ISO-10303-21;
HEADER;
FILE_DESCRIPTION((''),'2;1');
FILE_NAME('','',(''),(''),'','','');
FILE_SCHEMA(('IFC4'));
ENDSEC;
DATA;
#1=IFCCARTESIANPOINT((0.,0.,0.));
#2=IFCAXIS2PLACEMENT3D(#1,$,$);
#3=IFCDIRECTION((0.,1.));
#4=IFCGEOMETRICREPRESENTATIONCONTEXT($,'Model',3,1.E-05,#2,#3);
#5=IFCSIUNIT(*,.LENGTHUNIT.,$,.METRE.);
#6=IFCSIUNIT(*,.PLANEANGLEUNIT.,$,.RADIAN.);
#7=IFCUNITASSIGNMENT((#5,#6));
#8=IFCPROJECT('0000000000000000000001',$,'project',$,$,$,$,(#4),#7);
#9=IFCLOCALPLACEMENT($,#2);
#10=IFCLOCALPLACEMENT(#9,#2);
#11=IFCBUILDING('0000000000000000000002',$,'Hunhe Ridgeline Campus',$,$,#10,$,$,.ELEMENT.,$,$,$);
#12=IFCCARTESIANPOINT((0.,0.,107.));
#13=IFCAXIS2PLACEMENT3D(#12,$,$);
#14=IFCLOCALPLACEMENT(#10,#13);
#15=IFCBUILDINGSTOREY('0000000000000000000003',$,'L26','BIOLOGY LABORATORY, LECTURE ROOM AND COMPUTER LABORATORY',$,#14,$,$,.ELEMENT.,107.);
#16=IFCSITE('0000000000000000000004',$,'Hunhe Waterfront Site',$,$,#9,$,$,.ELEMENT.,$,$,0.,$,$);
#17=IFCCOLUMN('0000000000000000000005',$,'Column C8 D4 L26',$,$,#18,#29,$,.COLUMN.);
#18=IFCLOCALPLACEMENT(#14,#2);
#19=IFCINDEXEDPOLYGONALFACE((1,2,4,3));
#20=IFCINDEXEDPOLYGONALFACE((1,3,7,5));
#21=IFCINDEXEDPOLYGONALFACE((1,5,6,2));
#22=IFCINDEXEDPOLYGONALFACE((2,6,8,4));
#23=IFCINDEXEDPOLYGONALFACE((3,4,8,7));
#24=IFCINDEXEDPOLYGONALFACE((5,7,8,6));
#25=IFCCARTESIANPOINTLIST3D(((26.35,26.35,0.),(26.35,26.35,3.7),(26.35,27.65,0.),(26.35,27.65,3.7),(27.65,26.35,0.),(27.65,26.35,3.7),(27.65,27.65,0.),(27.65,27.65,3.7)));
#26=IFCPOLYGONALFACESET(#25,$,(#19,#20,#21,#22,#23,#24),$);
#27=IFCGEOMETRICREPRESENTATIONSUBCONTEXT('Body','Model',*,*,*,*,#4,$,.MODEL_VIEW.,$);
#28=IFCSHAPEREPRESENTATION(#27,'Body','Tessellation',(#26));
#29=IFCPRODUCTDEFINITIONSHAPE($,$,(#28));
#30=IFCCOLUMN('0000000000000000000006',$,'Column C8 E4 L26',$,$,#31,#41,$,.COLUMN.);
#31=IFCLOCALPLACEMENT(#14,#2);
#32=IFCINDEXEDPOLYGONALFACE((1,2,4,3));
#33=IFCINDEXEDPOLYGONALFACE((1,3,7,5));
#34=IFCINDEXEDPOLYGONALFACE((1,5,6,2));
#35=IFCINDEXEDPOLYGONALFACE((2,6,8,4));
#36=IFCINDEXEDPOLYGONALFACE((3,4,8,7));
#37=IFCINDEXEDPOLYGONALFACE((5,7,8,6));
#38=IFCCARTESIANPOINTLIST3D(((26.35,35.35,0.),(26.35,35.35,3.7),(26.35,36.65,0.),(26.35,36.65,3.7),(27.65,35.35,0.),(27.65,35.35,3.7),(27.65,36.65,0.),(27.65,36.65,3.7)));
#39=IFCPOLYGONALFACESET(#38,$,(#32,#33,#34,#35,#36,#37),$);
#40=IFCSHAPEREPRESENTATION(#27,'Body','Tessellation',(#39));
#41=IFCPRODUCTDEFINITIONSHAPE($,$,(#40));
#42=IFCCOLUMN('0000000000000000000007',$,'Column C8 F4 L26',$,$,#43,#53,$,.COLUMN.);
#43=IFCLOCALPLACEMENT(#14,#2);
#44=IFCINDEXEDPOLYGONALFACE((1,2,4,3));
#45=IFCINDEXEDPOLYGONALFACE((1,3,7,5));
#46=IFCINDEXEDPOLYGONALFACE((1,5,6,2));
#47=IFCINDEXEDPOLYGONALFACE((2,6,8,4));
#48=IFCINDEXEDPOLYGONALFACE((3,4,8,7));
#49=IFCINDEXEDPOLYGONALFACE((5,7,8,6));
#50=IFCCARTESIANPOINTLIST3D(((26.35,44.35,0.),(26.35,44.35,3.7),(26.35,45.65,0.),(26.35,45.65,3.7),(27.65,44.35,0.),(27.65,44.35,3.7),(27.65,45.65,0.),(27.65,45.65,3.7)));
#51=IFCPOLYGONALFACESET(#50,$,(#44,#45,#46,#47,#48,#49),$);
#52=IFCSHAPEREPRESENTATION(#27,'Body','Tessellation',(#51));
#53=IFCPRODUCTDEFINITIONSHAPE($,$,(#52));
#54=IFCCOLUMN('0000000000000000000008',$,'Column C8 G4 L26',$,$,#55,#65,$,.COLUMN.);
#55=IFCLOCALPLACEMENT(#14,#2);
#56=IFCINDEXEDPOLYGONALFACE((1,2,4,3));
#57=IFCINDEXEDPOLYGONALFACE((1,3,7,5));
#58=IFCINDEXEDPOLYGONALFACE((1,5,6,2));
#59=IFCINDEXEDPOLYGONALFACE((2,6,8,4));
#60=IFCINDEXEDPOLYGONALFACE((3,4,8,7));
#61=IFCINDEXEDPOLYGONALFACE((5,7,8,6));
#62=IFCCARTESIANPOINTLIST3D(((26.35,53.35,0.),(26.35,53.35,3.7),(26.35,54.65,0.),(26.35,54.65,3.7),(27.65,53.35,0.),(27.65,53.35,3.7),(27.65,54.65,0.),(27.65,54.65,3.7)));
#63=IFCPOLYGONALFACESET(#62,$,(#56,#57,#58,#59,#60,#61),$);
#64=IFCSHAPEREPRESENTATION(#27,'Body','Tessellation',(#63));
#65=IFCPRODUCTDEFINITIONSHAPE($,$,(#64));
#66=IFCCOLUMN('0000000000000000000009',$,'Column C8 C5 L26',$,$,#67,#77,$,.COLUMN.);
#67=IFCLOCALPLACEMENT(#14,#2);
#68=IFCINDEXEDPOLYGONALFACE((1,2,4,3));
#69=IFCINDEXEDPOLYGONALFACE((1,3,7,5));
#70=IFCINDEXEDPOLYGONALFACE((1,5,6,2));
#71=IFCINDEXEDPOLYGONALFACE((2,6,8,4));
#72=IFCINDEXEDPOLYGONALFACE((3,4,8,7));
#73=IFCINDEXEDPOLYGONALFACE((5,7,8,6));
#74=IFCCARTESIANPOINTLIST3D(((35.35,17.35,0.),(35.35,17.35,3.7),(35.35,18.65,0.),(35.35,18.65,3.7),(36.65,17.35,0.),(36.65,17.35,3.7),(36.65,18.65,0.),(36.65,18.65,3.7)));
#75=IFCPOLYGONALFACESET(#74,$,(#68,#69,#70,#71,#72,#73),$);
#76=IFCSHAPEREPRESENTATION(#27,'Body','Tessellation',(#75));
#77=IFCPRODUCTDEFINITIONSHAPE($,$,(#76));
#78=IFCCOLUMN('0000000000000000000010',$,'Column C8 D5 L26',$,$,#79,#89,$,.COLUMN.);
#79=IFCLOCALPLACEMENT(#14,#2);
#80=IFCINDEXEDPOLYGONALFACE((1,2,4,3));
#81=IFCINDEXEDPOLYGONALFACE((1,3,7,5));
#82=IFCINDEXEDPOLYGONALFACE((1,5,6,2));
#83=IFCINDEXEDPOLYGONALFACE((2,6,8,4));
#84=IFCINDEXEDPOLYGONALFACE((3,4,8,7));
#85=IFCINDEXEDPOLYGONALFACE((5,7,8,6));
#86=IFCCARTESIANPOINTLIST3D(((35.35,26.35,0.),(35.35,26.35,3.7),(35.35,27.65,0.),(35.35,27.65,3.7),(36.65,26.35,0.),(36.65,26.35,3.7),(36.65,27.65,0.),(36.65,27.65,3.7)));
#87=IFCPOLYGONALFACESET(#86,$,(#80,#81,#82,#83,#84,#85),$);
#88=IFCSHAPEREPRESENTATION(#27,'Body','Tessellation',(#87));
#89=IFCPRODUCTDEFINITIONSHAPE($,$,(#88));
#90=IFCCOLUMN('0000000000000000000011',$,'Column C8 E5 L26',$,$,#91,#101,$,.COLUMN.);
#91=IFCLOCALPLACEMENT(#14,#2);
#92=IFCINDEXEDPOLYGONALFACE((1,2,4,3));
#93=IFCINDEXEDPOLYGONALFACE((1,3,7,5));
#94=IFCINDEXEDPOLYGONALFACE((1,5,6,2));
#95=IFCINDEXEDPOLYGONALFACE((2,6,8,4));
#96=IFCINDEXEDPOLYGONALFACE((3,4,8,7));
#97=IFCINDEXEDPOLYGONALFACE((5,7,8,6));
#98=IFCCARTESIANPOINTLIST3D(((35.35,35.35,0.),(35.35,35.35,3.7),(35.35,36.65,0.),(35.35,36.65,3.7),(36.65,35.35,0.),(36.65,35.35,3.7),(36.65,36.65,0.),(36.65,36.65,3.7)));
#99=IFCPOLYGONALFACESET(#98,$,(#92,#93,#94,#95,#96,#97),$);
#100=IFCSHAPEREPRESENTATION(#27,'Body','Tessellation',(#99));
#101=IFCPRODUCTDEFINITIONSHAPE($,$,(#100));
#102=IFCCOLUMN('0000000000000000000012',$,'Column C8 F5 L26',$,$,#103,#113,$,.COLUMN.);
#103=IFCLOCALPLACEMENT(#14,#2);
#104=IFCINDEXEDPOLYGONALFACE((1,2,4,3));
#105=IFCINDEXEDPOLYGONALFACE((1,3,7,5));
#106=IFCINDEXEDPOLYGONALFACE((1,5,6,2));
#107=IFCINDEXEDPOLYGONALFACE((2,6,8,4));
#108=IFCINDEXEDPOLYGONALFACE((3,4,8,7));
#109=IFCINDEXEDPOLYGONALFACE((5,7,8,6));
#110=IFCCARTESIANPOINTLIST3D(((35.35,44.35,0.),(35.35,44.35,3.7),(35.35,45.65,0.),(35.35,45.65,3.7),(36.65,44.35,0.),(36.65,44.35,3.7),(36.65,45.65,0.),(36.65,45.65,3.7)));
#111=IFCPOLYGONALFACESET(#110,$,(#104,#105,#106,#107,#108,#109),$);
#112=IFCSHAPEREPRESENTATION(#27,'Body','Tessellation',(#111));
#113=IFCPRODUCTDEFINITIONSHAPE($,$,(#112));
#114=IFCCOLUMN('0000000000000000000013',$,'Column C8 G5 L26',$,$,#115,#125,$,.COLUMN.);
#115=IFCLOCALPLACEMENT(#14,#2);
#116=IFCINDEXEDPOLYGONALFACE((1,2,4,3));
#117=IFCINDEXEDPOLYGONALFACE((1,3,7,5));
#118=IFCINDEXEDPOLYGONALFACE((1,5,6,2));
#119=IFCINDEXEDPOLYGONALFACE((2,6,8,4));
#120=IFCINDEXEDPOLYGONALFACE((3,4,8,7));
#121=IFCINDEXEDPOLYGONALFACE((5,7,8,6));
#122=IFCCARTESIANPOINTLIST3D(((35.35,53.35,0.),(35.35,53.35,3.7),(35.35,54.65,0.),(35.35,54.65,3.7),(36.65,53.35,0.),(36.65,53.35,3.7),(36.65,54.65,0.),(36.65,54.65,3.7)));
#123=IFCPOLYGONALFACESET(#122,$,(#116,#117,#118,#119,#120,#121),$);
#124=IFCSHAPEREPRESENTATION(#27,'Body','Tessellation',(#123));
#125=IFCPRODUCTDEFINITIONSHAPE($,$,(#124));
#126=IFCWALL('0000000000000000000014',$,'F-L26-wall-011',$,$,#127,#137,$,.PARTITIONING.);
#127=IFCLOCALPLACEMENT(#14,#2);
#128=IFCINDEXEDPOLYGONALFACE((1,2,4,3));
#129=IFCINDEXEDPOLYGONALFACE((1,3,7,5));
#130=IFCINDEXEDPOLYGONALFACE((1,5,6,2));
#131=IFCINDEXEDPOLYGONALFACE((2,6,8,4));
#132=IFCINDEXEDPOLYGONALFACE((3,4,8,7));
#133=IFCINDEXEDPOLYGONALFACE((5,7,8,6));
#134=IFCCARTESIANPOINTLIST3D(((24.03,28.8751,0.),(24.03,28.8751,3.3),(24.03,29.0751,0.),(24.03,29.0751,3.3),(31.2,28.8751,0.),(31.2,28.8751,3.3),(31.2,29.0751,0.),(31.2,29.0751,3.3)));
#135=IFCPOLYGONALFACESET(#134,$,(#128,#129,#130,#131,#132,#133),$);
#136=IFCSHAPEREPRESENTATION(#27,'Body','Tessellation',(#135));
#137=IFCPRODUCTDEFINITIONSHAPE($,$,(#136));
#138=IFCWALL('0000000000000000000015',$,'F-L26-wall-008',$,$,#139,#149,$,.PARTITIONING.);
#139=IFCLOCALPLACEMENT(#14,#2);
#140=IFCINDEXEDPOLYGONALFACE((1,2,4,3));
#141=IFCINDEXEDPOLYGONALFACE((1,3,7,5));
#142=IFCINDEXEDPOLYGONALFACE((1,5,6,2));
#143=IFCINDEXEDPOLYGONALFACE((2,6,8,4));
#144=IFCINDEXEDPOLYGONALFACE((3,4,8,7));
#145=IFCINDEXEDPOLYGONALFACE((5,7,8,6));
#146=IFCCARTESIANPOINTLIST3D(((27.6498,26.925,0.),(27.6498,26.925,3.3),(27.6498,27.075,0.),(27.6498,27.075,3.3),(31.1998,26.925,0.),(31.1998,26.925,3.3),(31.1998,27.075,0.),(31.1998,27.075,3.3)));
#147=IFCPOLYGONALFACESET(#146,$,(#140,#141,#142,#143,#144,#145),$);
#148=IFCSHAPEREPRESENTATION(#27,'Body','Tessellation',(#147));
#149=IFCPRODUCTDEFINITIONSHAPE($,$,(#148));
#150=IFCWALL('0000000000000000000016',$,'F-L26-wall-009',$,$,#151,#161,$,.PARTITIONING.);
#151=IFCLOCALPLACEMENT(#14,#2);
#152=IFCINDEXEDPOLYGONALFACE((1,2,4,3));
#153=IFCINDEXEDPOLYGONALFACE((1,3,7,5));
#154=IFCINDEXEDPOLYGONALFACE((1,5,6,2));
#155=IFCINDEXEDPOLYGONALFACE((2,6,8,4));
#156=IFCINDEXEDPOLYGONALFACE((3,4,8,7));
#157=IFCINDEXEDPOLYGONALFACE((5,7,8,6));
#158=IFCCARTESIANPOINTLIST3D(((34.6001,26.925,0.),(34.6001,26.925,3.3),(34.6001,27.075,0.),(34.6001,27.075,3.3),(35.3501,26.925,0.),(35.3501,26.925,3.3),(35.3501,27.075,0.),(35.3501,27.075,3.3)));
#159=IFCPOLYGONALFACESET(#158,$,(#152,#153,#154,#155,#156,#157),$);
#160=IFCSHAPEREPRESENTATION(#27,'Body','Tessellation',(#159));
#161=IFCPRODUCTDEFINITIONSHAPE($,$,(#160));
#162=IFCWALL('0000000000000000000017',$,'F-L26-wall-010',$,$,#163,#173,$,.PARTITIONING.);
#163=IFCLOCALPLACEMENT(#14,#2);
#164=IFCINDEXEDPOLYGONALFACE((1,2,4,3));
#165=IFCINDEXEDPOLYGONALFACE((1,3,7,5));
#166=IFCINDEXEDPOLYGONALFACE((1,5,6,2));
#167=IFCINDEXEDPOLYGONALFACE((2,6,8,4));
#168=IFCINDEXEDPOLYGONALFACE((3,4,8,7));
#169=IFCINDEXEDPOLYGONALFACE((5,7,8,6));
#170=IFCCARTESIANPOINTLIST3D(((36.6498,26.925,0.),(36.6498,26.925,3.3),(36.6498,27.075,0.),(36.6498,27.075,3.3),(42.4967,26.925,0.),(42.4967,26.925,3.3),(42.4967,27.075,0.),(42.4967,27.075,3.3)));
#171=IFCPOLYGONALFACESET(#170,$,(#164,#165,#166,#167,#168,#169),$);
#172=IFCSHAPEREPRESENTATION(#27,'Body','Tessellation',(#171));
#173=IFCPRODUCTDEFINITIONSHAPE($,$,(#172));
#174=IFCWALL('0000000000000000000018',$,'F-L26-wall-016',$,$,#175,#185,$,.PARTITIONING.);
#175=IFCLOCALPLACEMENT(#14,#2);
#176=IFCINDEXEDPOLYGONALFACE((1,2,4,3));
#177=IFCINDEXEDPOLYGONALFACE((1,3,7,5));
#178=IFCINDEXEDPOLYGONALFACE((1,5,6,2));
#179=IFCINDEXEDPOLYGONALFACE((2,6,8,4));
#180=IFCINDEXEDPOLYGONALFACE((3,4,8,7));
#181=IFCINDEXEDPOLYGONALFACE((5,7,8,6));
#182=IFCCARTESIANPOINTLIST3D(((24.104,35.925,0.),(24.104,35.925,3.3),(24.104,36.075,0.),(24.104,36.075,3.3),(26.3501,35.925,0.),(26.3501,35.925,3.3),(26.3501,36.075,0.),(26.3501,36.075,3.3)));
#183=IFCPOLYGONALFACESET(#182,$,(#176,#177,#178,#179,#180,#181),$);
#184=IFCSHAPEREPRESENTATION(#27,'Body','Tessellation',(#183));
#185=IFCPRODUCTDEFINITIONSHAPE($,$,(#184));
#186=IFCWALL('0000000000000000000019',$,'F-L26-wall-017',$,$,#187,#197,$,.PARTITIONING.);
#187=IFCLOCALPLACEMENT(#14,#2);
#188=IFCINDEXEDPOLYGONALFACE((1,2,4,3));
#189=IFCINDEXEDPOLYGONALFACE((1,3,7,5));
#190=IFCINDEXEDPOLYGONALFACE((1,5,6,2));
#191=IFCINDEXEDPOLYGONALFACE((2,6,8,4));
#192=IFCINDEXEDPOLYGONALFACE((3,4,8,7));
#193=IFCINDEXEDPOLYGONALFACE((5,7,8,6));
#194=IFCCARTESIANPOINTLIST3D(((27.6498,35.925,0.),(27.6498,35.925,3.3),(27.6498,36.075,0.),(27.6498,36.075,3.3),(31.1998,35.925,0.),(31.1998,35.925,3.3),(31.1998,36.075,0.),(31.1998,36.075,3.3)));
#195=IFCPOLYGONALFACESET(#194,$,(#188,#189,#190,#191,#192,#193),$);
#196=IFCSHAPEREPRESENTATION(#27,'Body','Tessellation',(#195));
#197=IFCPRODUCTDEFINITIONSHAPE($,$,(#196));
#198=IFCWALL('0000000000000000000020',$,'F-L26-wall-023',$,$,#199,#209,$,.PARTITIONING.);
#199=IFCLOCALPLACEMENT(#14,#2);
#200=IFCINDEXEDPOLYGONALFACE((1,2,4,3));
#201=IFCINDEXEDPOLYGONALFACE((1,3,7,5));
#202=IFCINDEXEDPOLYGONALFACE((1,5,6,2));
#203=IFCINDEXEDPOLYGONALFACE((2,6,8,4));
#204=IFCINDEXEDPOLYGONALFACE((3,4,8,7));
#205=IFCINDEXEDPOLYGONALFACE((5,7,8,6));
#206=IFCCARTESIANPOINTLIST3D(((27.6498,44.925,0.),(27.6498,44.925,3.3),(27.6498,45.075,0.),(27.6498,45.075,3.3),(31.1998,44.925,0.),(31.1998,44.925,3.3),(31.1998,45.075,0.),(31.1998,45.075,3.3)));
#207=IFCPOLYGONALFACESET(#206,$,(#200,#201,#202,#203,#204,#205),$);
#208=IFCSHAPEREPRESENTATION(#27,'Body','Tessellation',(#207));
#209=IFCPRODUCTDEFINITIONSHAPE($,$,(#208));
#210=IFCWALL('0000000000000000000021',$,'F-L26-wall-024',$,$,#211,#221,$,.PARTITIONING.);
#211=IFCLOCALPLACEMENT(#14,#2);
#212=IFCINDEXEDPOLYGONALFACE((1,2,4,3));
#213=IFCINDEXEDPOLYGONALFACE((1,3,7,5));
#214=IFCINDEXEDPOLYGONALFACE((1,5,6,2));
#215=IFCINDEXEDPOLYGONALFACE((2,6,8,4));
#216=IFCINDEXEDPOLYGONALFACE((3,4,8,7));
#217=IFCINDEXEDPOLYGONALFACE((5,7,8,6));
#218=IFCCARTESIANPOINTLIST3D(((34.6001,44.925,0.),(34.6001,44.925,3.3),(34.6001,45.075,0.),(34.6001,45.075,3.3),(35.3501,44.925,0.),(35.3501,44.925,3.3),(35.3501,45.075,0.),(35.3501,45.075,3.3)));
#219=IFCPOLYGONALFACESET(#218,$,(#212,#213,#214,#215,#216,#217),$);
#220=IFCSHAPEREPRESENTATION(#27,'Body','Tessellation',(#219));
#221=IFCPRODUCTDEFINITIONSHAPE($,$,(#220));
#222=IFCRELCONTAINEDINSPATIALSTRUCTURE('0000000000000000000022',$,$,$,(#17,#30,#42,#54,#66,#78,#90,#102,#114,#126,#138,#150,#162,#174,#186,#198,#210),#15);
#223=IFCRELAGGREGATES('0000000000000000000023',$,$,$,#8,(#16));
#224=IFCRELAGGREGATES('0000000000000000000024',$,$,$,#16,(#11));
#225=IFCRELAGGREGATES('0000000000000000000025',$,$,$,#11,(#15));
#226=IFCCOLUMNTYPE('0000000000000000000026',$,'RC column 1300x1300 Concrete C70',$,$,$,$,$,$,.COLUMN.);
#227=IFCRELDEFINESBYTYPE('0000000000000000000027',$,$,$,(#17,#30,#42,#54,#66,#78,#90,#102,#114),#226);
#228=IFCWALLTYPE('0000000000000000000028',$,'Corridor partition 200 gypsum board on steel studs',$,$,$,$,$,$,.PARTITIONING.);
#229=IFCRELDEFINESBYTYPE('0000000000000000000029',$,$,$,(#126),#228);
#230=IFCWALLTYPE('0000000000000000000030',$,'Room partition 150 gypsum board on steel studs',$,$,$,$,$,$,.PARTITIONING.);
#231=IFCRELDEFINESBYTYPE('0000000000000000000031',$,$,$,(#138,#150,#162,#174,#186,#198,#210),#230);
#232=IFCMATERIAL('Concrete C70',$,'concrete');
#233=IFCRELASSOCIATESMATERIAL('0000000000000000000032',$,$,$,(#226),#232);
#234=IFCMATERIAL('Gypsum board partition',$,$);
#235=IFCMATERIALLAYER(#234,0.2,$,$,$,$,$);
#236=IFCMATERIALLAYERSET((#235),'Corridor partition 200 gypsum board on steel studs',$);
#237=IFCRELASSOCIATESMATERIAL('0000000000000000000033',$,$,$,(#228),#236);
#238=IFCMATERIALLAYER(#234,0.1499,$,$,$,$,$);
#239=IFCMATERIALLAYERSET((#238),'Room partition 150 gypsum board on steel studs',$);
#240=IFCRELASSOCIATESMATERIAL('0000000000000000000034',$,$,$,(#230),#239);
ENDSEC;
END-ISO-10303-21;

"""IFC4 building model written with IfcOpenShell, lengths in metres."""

from ifc_helpers import new_model, si_unit, direction, frame, frame_2d, origin, origin_2d, place, context, subcontext, project, spatial, rectangle, extrude, material, layer, layer_set, material_profile, profile_set, type_object, element, save


model = new_model("IFC4")

# Units and contexts
model_context = context("Model", 3, precision=1e-05, world=origin(), true_north=direction((0.0, 1.0)))
body_context = subcontext(model_context, "Body", "Model", "MODEL_VIEW")
ifc_project = project(units=[si_unit("LENGTHUNIT", "METRE"), si_unit("PLANEANGLEUNIT", "RADIAN")], contexts=[model_context])

# Site, building, storey
site_placement = place(None, origin())
site = spatial("IfcSite", under=ifc_project, at=site_placement, Name="Hunhe Waterfront Site", CompositionType="ELEMENT", RefElevation=0.0)
building_placement = place(site_placement, origin())
building = spatial("IfcBuilding", under=site, at=building_placement, Name="Hunhe Ridgeline Campus", CompositionType="ELEMENT")
storey_placement = place(building_placement, frame((0.0, 0.0, 107.0)))
storey = spatial("IfcBuildingStorey", under=building, at=storey_placement, Name="L26", Description="BIOLOGY LABORATORY, LECTURE ROOM AND COMPUTER LABORATORY", CompositionType="ELEMENT", Elevation=107.0)

# Columns
ifc_material_1 = material(Name="Concrete C70", Category="concrete")
ifc_material_profile = material_profile(ifc_material_1, rectangle(XDim=1.3, YDim=1.3, at=origin_2d()))
ifc_profile_set = profile_set([ifc_material_profile], Name="Concrete C70")
column_type = type_object("IfcColumnType", Name="RC column 1300x1300 Concrete C70", PredefinedType="COLUMN", material=ifc_profile_set)
for number, where, z_axis, x_axis, name in (
    (1, (27.0, 27.0, 0.0), (0.0, 0.0, 1.0), (1.0, 0.0, 0.0), "Column C8 D4 L26"),
    (2, (27.0, 36.0, 0.0), (0.0, 0.0, 1.0), (1.0, 0.0, 0.0), "Column C8 E4 L26"),
    (3, (27.0, 45.0, 0.0), (0.0, 0.0, 1.0), (1.0, 0.0, 0.0), "Column C8 F4 L26"),
    (4, (27.0, 54.0, 0.0), (0.0, 0.0, 1.0), (1.0, 0.0, 0.0), "Column C8 G4 L26"),
    (5, (36.0, 18.0, 0.0), (0.0, 0.0, 1.0), (1.0, 0.0, 0.0), "Column C8 C5 L26"),
    (6, (36.0, 27.0, 0.0), (0.0, 0.0, 1.0), (1.0, 0.0, 0.0), "Column C8 D5 L26"),
    (7, (36.0, 36.0, 0.0), (0.0, 0.0, 1.0), (1.0, 0.0, 0.0), "Column C8 E5 L26"),
    (8, (36.0, 45.0, 0.0), (0.0, 0.0, 1.0), (1.0, 0.0, 0.0), "Column C8 F5 L26"),
    (9, (36.0, 54.0, 0.0), (0.0, 0.0, 1.0), (1.0, 0.0, 0.0), "Column C8 G5 L26"),
):
    element("IfcColumn", number, at=place(storey_placement, frame(where, z_axis=z_axis, x_axis=x_axis)), inside=storey, type_object=column_type, Name=name, PredefinedType="COLUMN", context=body_context, shape_type="SweptSolid", body=[
        extrude(rectangle(XDim=1.3, YDim=1.3, at=origin_2d()), origin(), (0.0, 0.0, 1.0), 3.7),
    ])

# Wall
ifc_material_2 = material(Name="Gypsum board partition")
ifc_layer_1 = layer(ifc_material_2, 0.2)
ifc_layer_set_1 = layer_set([ifc_layer_1], Name="Corridor partition 200 gypsum board on steel studs")
wall_type_1 = type_object("IfcWallType", Name="Corridor partition 200 gypsum board on steel studs", PredefinedType="PARTITIONING", material=ifc_layer_set_1)
wall_1_placement = place(storey_placement, frame((31.2, 28.9751, 0.0), z_axis=(0.0, 0.0, 1.0), x_axis=(-1.0, 0.0, 0.0)))
element("IfcWall", 10, at=wall_1_placement, inside=storey, type_object=wall_type_1, Name="F-L26-wall-011", PredefinedType="PARTITIONING", context=body_context, shape_type="SweptSolid", body=[
    extrude(rectangle(XDim=7.1699, YDim=0.2, at=frame_2d((3.585, 0.0))), origin(), (0.0, 0.0, 1.0), 3.3),
])

# Walls
ifc_layer_2 = layer(ifc_material_2, 0.1499)
ifc_layer_set_2 = layer_set([ifc_layer_2], Name="Room partition 150 gypsum board on steel studs")
wall_type_2 = type_object("IfcWallType", Name="Room partition 150 gypsum board on steel studs", PredefinedType="PARTITIONING", material=ifc_layer_set_2)
wall_2_placement = place(storey_placement, frame((27.6499, 27.0, 0.0), z_axis=(0.0, 0.0, 1.0), x_axis=(1.0, 0.0, 0.0)))
element("IfcWall", 11, at=wall_2_placement, inside=storey, type_object=wall_type_2, Name="F-L26-wall-008", PredefinedType="PARTITIONING", context=body_context, shape_type="SweptSolid", body=[
    extrude(rectangle(XDim=3.55, YDim=0.1499, at=frame_2d((1.7749, 0.0))), origin(), (0.0, 0.0, 1.0), 3.3),
])
wall_3_placement = place(storey_placement, frame((34.6001, 27.0, 0.0), z_axis=(0.0, 0.0, 1.0), x_axis=(1.0, 0.0, 0.0)))
element("IfcWall", 12, at=wall_3_placement, inside=storey, type_object=wall_type_2, Name="F-L26-wall-009", PredefinedType="PARTITIONING", context=body_context, shape_type="SweptSolid", body=[
    extrude(rectangle(XDim=0.75, YDim=0.1499, at=frame_2d((0.375, 0.0))), origin(), (0.0, 0.0, 1.0), 3.3),
])
wall_4_placement = place(storey_placement, frame((36.6499, 27.0, 0.0), z_axis=(0.0, 0.0, 1.0), x_axis=(1.0, 0.0, 0.0)))
element("IfcWall", 13, at=wall_4_placement, inside=storey, type_object=wall_type_2, Name="F-L26-wall-010", PredefinedType="PARTITIONING", context=body_context, shape_type="SweptSolid", body=[
    extrude(rectangle(XDim=5.8469, YDim=0.1499, at=frame_2d((2.9233, 0.0))), origin(), (0.0, 0.0, 1.0), 3.3),
])
wall_5_placement = place(storey_placement, frame((24.104, 36.0, 0.0), z_axis=(0.0, 0.0, 1.0), x_axis=(1.0, 0.0, 0.0)))
element("IfcWall", 14, at=wall_5_placement, inside=storey, type_object=wall_type_2, Name="F-L26-wall-016", PredefinedType="PARTITIONING", context=body_context, shape_type="SweptSolid", body=[
    extrude(rectangle(XDim=2.2461, YDim=0.1499, at=frame_2d((1.123, 0.0))), origin(), (0.0, 0.0, 1.0), 3.3),
])
for number, where, z_axis, x_axis, name in (
    (15, (27.6499, 36.0, 0.0), (0.0, 0.0, 1.0), (1.0, 0.0, 0.0), "F-L26-wall-017"),
    (16, (27.6499, 45.0, 0.0), (0.0, 0.0, 1.0), (1.0, 0.0, 0.0), "F-L26-wall-023"),
):
    element("IfcWall", number, at=place(storey_placement, frame(where, z_axis=z_axis, x_axis=x_axis)), inside=storey, type_object=wall_type_2, Name=name, PredefinedType="PARTITIONING", context=body_context, shape_type="SweptSolid", body=[
        extrude(rectangle(XDim=3.55, YDim=0.1499, at=frame_2d((1.7749, 0.0))), origin(), (0.0, 0.0, 1.0), 3.3),
    ])
wall_6_placement = place(storey_placement, frame((34.6001, 45.0, 0.0), z_axis=(0.0, 0.0, 1.0), x_axis=(1.0, 0.0, 0.0)))
element("IfcWall", 17, at=wall_6_placement, inside=storey, type_object=wall_type_2, Name="F-L26-wall-024", PredefinedType="PARTITIONING", context=body_context, shape_type="SweptSolid", body=[
    extrude(rectangle(XDim=0.75, YDim=0.1499, at=frame_2d((0.375, 0.0))), origin(), (0.0, 0.0, 1.0), 3.3),
])

save(model, "model.ifc")
